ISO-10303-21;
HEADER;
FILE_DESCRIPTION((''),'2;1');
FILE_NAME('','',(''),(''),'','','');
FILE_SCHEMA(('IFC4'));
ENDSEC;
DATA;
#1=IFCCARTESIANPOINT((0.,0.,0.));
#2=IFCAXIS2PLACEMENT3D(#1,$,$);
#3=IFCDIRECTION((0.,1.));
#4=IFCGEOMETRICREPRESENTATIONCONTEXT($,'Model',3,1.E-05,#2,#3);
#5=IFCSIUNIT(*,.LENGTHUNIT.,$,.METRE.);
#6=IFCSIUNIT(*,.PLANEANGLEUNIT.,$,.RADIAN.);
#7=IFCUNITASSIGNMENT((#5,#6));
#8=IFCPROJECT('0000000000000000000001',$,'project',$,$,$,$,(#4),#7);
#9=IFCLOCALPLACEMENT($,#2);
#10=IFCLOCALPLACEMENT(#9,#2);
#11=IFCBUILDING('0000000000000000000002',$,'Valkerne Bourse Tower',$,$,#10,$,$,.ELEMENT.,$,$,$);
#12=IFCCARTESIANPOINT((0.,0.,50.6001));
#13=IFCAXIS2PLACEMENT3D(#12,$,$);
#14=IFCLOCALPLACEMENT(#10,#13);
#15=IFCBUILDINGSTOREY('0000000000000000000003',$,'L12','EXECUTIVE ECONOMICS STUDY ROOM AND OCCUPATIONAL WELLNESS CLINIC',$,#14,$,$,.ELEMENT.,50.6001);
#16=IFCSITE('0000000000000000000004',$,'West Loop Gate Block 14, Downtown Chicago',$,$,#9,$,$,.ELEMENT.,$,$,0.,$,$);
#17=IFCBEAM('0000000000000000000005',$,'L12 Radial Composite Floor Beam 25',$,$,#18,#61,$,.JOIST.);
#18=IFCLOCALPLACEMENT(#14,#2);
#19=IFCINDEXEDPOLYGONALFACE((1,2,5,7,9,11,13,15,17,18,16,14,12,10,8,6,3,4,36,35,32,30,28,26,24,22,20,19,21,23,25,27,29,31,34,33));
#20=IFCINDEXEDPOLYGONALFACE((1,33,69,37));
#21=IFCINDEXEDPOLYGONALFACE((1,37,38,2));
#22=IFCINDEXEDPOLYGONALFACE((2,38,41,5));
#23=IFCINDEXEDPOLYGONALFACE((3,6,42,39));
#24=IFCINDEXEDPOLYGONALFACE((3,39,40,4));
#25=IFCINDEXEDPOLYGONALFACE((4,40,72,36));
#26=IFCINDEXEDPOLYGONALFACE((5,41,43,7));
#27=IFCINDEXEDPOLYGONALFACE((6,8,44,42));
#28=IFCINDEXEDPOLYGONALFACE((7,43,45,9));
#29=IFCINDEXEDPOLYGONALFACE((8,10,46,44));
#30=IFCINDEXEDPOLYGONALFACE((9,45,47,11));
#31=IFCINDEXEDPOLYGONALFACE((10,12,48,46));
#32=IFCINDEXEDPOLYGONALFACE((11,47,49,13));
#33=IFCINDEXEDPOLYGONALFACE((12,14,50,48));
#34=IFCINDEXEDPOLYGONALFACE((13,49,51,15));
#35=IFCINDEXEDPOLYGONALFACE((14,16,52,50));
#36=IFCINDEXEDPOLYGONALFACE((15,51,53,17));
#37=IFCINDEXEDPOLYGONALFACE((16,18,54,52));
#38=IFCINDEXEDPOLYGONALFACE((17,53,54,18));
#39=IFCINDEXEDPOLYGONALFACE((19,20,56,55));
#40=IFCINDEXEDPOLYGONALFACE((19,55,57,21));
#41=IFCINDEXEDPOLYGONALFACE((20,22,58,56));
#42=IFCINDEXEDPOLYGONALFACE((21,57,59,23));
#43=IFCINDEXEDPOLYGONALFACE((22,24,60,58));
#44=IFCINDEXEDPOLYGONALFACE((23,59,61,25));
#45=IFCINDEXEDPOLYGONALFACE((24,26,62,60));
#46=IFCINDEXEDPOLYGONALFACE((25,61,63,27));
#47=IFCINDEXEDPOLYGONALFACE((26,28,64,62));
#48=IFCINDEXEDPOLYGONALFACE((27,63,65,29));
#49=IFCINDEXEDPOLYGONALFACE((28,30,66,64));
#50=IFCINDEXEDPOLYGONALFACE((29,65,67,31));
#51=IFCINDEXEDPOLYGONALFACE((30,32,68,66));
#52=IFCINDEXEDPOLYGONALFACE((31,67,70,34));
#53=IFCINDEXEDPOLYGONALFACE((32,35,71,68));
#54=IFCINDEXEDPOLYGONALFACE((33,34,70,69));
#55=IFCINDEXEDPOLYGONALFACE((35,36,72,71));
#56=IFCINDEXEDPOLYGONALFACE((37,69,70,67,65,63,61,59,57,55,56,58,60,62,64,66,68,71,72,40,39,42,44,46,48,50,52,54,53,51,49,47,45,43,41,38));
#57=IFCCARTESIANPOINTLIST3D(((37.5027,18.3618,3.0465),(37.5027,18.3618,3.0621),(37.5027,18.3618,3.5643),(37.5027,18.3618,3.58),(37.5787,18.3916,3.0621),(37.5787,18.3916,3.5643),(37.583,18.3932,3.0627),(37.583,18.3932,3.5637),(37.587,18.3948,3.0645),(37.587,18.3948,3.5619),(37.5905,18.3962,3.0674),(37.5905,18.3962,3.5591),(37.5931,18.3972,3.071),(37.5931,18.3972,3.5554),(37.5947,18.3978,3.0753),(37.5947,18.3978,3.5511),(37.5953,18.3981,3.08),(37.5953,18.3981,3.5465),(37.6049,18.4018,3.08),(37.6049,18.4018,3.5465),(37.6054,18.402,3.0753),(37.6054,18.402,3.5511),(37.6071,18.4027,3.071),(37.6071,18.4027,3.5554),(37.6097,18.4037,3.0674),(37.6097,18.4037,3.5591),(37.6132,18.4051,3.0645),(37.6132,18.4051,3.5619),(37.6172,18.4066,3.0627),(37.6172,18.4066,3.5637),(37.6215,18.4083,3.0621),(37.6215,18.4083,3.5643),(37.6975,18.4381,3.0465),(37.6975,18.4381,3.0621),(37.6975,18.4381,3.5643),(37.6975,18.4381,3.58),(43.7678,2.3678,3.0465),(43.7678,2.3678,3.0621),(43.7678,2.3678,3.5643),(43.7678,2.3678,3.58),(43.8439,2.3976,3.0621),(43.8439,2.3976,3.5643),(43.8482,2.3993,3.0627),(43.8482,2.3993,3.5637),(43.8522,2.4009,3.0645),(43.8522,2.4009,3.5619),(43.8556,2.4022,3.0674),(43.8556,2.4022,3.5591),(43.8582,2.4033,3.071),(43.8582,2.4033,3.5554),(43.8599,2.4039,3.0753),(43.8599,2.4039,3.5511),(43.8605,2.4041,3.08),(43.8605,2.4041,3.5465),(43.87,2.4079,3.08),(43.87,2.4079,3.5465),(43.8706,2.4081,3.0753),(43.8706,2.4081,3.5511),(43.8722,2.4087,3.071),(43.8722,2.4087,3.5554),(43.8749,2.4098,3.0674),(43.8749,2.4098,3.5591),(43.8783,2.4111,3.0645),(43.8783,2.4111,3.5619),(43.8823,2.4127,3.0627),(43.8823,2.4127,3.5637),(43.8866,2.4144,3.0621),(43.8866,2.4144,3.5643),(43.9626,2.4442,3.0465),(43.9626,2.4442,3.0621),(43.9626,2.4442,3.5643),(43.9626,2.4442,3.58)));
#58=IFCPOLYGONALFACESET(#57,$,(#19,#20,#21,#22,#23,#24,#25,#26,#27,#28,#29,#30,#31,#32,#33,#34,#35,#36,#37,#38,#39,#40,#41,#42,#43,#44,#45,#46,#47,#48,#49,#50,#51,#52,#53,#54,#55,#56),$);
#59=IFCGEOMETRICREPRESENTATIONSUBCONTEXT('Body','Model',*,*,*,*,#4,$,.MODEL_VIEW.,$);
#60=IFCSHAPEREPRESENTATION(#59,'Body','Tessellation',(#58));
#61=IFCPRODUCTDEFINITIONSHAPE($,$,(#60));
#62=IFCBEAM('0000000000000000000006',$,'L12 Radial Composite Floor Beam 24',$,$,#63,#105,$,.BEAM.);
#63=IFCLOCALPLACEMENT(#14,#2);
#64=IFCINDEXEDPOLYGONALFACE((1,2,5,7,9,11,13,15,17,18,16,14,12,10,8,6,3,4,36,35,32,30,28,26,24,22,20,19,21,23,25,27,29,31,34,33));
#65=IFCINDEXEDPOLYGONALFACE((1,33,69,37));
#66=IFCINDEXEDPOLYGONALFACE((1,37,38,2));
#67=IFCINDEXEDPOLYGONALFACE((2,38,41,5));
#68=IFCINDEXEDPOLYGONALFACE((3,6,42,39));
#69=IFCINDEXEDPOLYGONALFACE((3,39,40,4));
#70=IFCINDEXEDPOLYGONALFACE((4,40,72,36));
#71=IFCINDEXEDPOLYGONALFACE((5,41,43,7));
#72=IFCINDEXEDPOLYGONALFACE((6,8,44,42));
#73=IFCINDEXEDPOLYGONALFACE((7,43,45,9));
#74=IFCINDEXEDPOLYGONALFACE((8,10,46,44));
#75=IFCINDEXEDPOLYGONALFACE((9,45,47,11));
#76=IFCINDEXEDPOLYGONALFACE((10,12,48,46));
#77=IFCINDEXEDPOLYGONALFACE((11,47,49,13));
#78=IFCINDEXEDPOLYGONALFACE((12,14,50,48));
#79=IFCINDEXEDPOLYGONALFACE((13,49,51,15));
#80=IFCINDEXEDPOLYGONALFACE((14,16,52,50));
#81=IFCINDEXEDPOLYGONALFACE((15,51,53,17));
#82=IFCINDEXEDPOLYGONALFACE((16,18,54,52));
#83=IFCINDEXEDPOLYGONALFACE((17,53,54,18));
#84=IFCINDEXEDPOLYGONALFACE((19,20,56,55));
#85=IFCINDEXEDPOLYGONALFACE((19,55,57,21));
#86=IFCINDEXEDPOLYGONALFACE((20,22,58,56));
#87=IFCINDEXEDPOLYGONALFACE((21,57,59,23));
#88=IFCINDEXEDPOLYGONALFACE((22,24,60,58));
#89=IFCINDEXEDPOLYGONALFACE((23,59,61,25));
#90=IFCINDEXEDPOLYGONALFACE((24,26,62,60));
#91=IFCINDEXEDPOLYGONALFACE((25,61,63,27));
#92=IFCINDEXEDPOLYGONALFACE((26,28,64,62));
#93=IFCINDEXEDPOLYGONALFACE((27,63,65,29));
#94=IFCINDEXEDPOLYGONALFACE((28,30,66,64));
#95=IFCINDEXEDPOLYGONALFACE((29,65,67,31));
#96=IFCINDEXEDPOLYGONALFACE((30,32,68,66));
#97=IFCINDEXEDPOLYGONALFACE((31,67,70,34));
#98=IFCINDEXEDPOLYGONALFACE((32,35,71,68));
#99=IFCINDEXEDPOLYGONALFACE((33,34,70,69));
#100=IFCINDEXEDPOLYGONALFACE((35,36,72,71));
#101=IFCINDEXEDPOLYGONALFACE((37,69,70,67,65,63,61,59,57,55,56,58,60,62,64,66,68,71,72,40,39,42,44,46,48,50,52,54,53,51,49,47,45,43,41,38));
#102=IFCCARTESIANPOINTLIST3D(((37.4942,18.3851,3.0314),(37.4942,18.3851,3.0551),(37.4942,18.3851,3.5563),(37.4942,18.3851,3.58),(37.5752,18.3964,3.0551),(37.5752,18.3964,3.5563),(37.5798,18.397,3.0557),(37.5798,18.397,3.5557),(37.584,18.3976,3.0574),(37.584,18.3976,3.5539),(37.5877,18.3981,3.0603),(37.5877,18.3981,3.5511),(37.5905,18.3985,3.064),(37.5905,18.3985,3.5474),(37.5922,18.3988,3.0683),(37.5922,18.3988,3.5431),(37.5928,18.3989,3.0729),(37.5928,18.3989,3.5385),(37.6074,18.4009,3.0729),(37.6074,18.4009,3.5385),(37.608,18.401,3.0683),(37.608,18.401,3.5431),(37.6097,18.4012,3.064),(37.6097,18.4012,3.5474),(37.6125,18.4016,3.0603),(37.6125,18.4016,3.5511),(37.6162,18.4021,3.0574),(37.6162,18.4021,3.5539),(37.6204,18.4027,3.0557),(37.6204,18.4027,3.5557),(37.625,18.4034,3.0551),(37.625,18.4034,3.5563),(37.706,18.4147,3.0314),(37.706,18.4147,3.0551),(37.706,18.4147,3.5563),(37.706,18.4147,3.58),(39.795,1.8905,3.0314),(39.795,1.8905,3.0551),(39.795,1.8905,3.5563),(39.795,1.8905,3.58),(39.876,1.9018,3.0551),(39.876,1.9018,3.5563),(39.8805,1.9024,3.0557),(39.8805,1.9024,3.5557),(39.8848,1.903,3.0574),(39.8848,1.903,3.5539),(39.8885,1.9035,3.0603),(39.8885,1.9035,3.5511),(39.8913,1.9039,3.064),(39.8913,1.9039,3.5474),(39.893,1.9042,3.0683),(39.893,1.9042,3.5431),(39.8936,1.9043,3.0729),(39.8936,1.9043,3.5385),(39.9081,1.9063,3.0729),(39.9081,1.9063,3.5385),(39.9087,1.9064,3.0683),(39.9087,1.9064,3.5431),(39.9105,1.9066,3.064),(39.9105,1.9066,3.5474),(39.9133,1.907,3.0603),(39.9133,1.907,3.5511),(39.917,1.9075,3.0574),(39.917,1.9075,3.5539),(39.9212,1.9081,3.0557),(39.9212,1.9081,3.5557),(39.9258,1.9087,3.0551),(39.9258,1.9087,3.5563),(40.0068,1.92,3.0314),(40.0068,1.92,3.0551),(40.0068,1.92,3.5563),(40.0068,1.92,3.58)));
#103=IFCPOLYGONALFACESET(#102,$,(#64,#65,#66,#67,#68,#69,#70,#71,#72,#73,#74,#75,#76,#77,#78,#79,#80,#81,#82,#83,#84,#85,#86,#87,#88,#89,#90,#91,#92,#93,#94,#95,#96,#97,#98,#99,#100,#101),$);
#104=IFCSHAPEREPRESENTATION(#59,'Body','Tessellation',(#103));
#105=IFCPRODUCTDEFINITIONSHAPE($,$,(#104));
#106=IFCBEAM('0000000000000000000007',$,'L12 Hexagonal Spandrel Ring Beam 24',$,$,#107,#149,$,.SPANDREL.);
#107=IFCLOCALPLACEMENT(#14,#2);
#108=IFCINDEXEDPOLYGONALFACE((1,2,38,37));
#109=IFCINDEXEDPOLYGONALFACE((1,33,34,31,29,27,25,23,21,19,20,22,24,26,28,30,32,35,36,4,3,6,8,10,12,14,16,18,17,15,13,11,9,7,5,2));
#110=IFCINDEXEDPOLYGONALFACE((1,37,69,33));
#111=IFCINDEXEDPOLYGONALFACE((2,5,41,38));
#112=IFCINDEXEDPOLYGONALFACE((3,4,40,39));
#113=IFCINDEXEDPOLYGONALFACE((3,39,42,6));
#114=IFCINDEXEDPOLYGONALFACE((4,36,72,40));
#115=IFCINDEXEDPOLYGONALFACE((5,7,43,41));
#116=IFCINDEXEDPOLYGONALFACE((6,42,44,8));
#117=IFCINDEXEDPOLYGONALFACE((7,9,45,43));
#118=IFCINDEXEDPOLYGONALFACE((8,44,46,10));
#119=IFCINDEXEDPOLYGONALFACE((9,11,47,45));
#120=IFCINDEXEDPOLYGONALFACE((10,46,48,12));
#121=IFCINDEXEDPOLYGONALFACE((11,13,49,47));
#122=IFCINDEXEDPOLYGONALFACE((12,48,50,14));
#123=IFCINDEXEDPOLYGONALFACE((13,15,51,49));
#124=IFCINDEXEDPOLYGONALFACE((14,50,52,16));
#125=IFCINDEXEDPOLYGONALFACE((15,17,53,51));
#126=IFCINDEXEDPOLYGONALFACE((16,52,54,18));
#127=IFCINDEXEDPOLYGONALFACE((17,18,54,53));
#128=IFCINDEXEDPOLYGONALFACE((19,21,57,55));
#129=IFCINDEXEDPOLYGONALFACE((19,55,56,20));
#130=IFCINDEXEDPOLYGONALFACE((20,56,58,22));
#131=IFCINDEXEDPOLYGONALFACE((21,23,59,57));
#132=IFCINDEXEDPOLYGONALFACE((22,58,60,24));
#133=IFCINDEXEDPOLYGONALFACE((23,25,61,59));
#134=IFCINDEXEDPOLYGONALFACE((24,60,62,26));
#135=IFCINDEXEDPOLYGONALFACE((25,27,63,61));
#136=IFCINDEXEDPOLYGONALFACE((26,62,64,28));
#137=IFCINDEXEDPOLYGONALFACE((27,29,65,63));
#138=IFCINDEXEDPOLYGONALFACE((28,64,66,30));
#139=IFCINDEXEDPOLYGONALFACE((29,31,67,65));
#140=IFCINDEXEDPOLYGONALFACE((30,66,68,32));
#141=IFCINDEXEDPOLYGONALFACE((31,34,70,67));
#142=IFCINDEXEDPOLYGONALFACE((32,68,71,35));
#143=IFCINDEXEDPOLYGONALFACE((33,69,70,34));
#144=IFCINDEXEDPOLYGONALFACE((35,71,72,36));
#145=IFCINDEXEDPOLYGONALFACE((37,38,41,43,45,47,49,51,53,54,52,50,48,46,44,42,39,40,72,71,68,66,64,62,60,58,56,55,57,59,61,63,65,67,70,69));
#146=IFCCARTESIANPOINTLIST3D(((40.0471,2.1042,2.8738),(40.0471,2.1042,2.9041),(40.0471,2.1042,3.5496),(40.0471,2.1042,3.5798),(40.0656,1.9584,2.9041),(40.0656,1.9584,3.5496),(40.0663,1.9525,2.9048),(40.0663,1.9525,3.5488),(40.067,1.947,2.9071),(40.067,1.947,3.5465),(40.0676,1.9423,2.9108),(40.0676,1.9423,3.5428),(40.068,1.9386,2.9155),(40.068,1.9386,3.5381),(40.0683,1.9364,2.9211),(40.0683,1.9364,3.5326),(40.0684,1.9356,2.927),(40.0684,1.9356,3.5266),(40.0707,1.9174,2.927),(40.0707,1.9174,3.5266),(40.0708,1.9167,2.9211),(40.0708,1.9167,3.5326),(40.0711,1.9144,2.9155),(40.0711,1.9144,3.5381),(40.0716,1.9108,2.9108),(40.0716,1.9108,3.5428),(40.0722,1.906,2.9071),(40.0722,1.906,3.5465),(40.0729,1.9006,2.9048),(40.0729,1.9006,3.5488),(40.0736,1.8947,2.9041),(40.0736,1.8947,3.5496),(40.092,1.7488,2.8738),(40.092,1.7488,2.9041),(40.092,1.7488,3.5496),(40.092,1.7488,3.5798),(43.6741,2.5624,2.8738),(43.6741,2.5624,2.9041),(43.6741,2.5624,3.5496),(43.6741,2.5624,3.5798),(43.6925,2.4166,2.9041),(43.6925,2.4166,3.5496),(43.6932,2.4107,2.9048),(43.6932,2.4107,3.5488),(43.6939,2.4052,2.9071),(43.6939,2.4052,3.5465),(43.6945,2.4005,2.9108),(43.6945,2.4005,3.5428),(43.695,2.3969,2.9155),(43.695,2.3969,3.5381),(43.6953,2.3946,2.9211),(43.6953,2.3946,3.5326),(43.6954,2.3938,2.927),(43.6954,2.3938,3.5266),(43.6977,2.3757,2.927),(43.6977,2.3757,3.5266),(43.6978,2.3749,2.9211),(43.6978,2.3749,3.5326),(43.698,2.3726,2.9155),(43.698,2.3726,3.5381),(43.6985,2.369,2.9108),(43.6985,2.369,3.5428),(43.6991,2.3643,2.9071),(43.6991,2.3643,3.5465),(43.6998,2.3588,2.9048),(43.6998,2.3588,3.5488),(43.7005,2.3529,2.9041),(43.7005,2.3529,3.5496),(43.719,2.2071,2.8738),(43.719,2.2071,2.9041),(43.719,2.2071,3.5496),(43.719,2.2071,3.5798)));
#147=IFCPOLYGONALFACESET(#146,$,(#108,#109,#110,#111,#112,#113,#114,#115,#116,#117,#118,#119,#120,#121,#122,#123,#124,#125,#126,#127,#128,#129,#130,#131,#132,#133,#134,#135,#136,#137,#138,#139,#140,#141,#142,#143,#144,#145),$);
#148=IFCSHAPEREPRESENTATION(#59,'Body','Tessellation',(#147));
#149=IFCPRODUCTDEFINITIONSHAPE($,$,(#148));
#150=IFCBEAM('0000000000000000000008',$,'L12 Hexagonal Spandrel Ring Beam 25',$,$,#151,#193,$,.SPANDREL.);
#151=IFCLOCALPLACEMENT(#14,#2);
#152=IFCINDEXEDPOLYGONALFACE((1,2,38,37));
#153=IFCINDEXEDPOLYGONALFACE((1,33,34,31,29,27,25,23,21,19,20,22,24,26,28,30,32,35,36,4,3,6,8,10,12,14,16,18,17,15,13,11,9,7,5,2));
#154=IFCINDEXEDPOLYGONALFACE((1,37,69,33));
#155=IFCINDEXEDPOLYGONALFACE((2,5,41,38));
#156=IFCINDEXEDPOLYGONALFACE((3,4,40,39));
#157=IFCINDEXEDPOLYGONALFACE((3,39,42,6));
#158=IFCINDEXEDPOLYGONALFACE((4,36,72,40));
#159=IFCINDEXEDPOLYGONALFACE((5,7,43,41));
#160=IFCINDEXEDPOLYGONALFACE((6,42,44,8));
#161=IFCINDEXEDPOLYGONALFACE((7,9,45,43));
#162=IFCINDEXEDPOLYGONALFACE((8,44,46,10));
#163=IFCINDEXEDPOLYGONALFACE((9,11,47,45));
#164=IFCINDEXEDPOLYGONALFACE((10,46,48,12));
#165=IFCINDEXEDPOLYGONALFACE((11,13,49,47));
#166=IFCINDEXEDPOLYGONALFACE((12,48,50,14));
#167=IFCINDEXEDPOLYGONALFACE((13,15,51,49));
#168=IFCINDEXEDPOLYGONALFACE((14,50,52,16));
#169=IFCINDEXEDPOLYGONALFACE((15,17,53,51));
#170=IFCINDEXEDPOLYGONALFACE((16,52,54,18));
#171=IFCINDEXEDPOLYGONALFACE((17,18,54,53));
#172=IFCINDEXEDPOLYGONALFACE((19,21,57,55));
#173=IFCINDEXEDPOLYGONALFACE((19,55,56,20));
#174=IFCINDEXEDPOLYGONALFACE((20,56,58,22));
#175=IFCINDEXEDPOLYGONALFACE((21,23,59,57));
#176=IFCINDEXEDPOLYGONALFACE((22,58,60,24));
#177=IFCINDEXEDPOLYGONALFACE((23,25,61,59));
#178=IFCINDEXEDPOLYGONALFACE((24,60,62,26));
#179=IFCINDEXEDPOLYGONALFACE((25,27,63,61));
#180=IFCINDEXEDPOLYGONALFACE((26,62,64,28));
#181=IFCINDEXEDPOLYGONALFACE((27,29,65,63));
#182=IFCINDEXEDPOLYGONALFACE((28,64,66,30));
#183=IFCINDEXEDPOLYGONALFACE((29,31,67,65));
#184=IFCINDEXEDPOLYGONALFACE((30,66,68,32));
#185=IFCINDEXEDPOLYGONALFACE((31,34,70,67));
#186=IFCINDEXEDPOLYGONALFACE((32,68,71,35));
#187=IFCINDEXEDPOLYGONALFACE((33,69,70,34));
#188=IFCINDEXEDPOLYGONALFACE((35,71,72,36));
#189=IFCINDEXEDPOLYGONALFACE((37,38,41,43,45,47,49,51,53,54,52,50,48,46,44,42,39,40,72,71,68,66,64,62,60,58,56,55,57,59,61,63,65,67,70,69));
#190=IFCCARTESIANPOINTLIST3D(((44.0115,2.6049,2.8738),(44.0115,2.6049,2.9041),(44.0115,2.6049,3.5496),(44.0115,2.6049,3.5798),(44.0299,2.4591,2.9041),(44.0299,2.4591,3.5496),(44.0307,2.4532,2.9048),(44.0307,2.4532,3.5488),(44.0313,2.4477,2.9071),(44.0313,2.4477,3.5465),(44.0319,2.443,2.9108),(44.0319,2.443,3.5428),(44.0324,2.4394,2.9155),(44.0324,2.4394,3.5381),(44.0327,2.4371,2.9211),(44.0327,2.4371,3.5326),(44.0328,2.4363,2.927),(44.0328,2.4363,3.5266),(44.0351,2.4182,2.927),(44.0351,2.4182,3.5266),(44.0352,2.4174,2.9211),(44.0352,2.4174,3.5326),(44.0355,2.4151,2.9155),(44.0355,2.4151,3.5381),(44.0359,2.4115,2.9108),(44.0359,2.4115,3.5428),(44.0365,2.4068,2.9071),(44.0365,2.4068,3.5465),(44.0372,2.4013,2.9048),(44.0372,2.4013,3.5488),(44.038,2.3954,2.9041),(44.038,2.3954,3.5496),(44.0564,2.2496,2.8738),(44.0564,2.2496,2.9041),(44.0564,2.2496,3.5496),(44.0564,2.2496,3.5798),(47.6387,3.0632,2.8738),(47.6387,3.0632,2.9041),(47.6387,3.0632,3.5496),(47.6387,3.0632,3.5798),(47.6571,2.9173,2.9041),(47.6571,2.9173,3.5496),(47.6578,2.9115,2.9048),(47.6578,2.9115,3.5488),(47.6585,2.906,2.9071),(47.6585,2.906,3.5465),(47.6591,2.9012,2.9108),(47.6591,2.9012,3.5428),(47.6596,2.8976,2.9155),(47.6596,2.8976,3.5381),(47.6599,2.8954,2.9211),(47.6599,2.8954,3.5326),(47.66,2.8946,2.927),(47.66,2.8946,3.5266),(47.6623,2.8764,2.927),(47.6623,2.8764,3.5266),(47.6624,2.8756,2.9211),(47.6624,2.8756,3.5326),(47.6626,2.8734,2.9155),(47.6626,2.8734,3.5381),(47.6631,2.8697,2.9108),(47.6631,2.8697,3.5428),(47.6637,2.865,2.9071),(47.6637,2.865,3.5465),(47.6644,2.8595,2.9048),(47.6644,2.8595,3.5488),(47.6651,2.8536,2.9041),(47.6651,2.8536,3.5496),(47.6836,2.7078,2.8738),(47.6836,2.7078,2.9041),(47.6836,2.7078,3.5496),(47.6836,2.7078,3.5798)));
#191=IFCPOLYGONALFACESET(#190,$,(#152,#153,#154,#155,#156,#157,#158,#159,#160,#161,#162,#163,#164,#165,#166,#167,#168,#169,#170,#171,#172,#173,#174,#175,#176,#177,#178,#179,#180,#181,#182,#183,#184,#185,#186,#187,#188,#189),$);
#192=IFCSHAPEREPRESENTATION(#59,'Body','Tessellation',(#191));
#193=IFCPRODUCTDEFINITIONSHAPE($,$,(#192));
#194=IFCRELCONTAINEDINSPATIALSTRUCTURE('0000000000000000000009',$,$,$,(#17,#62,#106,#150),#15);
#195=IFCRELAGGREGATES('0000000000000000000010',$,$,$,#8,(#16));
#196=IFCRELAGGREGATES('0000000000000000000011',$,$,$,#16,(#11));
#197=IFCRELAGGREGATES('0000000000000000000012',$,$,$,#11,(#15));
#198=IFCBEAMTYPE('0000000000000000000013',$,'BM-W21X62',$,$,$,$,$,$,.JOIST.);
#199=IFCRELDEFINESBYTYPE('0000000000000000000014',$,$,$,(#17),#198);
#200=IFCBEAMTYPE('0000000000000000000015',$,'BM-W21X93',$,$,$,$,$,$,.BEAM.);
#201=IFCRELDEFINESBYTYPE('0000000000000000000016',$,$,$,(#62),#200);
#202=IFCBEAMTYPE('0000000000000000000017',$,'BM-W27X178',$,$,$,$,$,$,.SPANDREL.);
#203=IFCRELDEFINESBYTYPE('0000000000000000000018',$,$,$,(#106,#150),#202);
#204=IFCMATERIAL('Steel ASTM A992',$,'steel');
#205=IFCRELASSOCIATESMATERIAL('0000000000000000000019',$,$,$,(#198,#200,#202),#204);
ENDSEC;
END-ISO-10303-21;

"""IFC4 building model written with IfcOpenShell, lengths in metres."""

from ifc_helpers import new_model, si_unit, direction, frame, origin, origin_2d, place, context, subcontext, project, spatial, i_section, extrude, material, material_profile, profile_set, type_object, element, save


model = new_model("IFC4")

# Units and contexts
model_context = context("Model", 3, precision=1e-05, world=origin(), true_north=direction((0.0, 1.0)))
body_context = subcontext(model_context, "Body", "Model", "MODEL_VIEW")
ifc_project = project(units=[si_unit("LENGTHUNIT", "METRE"), si_unit("PLANEANGLEUNIT", "RADIAN")], contexts=[model_context])

# Site, building, storey
site_placement = place(None, origin())
site = spatial("IfcSite", under=ifc_project, at=site_placement, Name="West Loop Gate Block 14, Downtown Chicago", CompositionType="ELEMENT", RefElevation=0.0)
building_placement = place(site_placement, origin())
building = spatial("IfcBuilding", under=site, at=building_placement, Name="Valkerne Bourse Tower", CompositionType="ELEMENT")
storey_placement = place(building_placement, frame((0.0, 0.0, 50.6001)))
storey = spatial("IfcBuildingStorey", under=building, at=storey_placement, Name="L12", Description="EXECUTIVE ECONOMICS STUDY ROOM AND OCCUPATIONAL WELLNESS CLINIC", CompositionType="ELEMENT", Elevation=50.6001)

# Beams
ifc_material_1 = material(Name="Steel ASTM A992", Category="steel")
ifc_material_profile_1 = material_profile(ifc_material_1, i_section(OverallWidth=0.2092, OverallDepth=0.5334, WebThickness=0.0103, FlangeThickness=0.0156, FilletRadius=0.0178, at=origin_2d()), Name="W21X62")
ifc_profile_set_1 = profile_set([ifc_material_profile_1], Name="Steel ASTM A992")
beam_type_1 = type_object("IfcBeamType", Name="BM-W21X62", PredefinedType="JOIST", material=ifc_profile_set_1)
beam_1_placement = place(storey_placement, frame((43.8652, 2.406, 3.3132), z_axis=(-0.364735, 0.931111, 0.0), x_axis=(-0.931111, -0.364735, 0.0)))
element("IfcBeam", 1, at=beam_1_placement, inside=storey, type_object=beam_type_1, Name="L12 Radial Composite Floor Beam 25", PredefinedType="JOIST", context=body_context, shape_type="SweptSolid", body=[
    extrude(i_section(OverallWidth=0.2092, OverallDepth=0.5334, WebThickness=0.0103, FlangeThickness=0.0156, FilletRadius=0.0178, at=origin_2d()), origin(), (0.0, 0.0, 1.0), 17.1772),
])
ifc_material_profile_2 = material_profile(ifc_material_1, i_section(OverallWidth=0.2139, OverallDepth=0.5486, WebThickness=0.0146, FlangeThickness=0.0237, FilletRadius=0.0178, at=origin_2d()), Name="W21X93")
ifc_profile_set_2 = profile_set([ifc_material_profile_2], Name="Steel ASTM A992")
beam_type_2 = type_object("IfcBeamType", Name="BM-W21X93", PredefinedType="BEAM", material=ifc_profile_set_2)
beam_2_placement = place(storey_placement, frame((39.9009, 1.9053, 3.3057), z_axis=(-0.138149, 0.990411, 0.0), x_axis=(-0.990411, -0.138149, 0.0)))
element("IfcBeam", 2, at=beam_2_placement, inside=storey, type_object=beam_type_2, Name="L12 Radial Composite Floor Beam 24", PredefinedType="BEAM", context=body_context, shape_type="SweptSolid", body=[
    extrude(i_section(OverallWidth=0.2139, OverallDepth=0.5486, WebThickness=0.0146, FlangeThickness=0.0237, FilletRadius=0.0178, at=origin_2d()), origin(), (0.0, 0.0, 1.0), 16.6543),
])
ifc_material_profile_3 = material_profile(ifc_material_1, i_section(OverallWidth=0.3582, OverallDepth=0.7061, WebThickness=0.0183, FlangeThickness=0.0303, FilletRadius=0.0229, at=origin_2d()), Name="W27X178")
ifc_profile_set_3 = profile_set([ifc_material_profile_3], Name="Steel ASTM A992")
beam_type_3 = type_object("IfcBeamType", Name="BM-W27X178", PredefinedType="SPANDREL", material=ifc_profile_set_3)
beam_3_placement = place(storey_placement, frame((40.0696, 1.9265, 3.2268), z_axis=(0.992113, 0.12535, 0.0), x_axis=(-0.12535, 0.992113, 0.0)))
element("IfcBeam", 3, at=beam_3_placement, inside=storey, type_object=beam_type_3, Name="L12 Hexagonal Spandrel Ring Beam 24", PredefinedType="SPANDREL", context=body_context, shape_type="SweptSolid", body=[
    extrude(i_section(OverallWidth=0.3582, OverallDepth=0.7061, WebThickness=0.0183, FlangeThickness=0.0303, FilletRadius=0.0229, at=origin_2d()), origin(), (0.0, 0.0, 1.0), 3.6558),
])
beam_4_placement = place(storey_placement, frame((44.0339, 2.4272, 3.2268), z_axis=(0.992114, 0.125341, 0.0), x_axis=(-0.125341, 0.992114, 0.0)))
element("IfcBeam", 4, at=beam_4_placement, inside=storey, type_object=beam_type_3, Name="L12 Hexagonal Spandrel Ring Beam 25", PredefinedType="SPANDREL", context=body_context, shape_type="SweptSolid", body=[
    extrude(i_section(OverallWidth=0.3582, OverallDepth=0.7061, WebThickness=0.0183, FlangeThickness=0.0303, FilletRadius=0.0229, at=origin_2d()), origin(), (0.0, 0.0, 1.0), 3.656),
])

save(model, "model.ifc")
